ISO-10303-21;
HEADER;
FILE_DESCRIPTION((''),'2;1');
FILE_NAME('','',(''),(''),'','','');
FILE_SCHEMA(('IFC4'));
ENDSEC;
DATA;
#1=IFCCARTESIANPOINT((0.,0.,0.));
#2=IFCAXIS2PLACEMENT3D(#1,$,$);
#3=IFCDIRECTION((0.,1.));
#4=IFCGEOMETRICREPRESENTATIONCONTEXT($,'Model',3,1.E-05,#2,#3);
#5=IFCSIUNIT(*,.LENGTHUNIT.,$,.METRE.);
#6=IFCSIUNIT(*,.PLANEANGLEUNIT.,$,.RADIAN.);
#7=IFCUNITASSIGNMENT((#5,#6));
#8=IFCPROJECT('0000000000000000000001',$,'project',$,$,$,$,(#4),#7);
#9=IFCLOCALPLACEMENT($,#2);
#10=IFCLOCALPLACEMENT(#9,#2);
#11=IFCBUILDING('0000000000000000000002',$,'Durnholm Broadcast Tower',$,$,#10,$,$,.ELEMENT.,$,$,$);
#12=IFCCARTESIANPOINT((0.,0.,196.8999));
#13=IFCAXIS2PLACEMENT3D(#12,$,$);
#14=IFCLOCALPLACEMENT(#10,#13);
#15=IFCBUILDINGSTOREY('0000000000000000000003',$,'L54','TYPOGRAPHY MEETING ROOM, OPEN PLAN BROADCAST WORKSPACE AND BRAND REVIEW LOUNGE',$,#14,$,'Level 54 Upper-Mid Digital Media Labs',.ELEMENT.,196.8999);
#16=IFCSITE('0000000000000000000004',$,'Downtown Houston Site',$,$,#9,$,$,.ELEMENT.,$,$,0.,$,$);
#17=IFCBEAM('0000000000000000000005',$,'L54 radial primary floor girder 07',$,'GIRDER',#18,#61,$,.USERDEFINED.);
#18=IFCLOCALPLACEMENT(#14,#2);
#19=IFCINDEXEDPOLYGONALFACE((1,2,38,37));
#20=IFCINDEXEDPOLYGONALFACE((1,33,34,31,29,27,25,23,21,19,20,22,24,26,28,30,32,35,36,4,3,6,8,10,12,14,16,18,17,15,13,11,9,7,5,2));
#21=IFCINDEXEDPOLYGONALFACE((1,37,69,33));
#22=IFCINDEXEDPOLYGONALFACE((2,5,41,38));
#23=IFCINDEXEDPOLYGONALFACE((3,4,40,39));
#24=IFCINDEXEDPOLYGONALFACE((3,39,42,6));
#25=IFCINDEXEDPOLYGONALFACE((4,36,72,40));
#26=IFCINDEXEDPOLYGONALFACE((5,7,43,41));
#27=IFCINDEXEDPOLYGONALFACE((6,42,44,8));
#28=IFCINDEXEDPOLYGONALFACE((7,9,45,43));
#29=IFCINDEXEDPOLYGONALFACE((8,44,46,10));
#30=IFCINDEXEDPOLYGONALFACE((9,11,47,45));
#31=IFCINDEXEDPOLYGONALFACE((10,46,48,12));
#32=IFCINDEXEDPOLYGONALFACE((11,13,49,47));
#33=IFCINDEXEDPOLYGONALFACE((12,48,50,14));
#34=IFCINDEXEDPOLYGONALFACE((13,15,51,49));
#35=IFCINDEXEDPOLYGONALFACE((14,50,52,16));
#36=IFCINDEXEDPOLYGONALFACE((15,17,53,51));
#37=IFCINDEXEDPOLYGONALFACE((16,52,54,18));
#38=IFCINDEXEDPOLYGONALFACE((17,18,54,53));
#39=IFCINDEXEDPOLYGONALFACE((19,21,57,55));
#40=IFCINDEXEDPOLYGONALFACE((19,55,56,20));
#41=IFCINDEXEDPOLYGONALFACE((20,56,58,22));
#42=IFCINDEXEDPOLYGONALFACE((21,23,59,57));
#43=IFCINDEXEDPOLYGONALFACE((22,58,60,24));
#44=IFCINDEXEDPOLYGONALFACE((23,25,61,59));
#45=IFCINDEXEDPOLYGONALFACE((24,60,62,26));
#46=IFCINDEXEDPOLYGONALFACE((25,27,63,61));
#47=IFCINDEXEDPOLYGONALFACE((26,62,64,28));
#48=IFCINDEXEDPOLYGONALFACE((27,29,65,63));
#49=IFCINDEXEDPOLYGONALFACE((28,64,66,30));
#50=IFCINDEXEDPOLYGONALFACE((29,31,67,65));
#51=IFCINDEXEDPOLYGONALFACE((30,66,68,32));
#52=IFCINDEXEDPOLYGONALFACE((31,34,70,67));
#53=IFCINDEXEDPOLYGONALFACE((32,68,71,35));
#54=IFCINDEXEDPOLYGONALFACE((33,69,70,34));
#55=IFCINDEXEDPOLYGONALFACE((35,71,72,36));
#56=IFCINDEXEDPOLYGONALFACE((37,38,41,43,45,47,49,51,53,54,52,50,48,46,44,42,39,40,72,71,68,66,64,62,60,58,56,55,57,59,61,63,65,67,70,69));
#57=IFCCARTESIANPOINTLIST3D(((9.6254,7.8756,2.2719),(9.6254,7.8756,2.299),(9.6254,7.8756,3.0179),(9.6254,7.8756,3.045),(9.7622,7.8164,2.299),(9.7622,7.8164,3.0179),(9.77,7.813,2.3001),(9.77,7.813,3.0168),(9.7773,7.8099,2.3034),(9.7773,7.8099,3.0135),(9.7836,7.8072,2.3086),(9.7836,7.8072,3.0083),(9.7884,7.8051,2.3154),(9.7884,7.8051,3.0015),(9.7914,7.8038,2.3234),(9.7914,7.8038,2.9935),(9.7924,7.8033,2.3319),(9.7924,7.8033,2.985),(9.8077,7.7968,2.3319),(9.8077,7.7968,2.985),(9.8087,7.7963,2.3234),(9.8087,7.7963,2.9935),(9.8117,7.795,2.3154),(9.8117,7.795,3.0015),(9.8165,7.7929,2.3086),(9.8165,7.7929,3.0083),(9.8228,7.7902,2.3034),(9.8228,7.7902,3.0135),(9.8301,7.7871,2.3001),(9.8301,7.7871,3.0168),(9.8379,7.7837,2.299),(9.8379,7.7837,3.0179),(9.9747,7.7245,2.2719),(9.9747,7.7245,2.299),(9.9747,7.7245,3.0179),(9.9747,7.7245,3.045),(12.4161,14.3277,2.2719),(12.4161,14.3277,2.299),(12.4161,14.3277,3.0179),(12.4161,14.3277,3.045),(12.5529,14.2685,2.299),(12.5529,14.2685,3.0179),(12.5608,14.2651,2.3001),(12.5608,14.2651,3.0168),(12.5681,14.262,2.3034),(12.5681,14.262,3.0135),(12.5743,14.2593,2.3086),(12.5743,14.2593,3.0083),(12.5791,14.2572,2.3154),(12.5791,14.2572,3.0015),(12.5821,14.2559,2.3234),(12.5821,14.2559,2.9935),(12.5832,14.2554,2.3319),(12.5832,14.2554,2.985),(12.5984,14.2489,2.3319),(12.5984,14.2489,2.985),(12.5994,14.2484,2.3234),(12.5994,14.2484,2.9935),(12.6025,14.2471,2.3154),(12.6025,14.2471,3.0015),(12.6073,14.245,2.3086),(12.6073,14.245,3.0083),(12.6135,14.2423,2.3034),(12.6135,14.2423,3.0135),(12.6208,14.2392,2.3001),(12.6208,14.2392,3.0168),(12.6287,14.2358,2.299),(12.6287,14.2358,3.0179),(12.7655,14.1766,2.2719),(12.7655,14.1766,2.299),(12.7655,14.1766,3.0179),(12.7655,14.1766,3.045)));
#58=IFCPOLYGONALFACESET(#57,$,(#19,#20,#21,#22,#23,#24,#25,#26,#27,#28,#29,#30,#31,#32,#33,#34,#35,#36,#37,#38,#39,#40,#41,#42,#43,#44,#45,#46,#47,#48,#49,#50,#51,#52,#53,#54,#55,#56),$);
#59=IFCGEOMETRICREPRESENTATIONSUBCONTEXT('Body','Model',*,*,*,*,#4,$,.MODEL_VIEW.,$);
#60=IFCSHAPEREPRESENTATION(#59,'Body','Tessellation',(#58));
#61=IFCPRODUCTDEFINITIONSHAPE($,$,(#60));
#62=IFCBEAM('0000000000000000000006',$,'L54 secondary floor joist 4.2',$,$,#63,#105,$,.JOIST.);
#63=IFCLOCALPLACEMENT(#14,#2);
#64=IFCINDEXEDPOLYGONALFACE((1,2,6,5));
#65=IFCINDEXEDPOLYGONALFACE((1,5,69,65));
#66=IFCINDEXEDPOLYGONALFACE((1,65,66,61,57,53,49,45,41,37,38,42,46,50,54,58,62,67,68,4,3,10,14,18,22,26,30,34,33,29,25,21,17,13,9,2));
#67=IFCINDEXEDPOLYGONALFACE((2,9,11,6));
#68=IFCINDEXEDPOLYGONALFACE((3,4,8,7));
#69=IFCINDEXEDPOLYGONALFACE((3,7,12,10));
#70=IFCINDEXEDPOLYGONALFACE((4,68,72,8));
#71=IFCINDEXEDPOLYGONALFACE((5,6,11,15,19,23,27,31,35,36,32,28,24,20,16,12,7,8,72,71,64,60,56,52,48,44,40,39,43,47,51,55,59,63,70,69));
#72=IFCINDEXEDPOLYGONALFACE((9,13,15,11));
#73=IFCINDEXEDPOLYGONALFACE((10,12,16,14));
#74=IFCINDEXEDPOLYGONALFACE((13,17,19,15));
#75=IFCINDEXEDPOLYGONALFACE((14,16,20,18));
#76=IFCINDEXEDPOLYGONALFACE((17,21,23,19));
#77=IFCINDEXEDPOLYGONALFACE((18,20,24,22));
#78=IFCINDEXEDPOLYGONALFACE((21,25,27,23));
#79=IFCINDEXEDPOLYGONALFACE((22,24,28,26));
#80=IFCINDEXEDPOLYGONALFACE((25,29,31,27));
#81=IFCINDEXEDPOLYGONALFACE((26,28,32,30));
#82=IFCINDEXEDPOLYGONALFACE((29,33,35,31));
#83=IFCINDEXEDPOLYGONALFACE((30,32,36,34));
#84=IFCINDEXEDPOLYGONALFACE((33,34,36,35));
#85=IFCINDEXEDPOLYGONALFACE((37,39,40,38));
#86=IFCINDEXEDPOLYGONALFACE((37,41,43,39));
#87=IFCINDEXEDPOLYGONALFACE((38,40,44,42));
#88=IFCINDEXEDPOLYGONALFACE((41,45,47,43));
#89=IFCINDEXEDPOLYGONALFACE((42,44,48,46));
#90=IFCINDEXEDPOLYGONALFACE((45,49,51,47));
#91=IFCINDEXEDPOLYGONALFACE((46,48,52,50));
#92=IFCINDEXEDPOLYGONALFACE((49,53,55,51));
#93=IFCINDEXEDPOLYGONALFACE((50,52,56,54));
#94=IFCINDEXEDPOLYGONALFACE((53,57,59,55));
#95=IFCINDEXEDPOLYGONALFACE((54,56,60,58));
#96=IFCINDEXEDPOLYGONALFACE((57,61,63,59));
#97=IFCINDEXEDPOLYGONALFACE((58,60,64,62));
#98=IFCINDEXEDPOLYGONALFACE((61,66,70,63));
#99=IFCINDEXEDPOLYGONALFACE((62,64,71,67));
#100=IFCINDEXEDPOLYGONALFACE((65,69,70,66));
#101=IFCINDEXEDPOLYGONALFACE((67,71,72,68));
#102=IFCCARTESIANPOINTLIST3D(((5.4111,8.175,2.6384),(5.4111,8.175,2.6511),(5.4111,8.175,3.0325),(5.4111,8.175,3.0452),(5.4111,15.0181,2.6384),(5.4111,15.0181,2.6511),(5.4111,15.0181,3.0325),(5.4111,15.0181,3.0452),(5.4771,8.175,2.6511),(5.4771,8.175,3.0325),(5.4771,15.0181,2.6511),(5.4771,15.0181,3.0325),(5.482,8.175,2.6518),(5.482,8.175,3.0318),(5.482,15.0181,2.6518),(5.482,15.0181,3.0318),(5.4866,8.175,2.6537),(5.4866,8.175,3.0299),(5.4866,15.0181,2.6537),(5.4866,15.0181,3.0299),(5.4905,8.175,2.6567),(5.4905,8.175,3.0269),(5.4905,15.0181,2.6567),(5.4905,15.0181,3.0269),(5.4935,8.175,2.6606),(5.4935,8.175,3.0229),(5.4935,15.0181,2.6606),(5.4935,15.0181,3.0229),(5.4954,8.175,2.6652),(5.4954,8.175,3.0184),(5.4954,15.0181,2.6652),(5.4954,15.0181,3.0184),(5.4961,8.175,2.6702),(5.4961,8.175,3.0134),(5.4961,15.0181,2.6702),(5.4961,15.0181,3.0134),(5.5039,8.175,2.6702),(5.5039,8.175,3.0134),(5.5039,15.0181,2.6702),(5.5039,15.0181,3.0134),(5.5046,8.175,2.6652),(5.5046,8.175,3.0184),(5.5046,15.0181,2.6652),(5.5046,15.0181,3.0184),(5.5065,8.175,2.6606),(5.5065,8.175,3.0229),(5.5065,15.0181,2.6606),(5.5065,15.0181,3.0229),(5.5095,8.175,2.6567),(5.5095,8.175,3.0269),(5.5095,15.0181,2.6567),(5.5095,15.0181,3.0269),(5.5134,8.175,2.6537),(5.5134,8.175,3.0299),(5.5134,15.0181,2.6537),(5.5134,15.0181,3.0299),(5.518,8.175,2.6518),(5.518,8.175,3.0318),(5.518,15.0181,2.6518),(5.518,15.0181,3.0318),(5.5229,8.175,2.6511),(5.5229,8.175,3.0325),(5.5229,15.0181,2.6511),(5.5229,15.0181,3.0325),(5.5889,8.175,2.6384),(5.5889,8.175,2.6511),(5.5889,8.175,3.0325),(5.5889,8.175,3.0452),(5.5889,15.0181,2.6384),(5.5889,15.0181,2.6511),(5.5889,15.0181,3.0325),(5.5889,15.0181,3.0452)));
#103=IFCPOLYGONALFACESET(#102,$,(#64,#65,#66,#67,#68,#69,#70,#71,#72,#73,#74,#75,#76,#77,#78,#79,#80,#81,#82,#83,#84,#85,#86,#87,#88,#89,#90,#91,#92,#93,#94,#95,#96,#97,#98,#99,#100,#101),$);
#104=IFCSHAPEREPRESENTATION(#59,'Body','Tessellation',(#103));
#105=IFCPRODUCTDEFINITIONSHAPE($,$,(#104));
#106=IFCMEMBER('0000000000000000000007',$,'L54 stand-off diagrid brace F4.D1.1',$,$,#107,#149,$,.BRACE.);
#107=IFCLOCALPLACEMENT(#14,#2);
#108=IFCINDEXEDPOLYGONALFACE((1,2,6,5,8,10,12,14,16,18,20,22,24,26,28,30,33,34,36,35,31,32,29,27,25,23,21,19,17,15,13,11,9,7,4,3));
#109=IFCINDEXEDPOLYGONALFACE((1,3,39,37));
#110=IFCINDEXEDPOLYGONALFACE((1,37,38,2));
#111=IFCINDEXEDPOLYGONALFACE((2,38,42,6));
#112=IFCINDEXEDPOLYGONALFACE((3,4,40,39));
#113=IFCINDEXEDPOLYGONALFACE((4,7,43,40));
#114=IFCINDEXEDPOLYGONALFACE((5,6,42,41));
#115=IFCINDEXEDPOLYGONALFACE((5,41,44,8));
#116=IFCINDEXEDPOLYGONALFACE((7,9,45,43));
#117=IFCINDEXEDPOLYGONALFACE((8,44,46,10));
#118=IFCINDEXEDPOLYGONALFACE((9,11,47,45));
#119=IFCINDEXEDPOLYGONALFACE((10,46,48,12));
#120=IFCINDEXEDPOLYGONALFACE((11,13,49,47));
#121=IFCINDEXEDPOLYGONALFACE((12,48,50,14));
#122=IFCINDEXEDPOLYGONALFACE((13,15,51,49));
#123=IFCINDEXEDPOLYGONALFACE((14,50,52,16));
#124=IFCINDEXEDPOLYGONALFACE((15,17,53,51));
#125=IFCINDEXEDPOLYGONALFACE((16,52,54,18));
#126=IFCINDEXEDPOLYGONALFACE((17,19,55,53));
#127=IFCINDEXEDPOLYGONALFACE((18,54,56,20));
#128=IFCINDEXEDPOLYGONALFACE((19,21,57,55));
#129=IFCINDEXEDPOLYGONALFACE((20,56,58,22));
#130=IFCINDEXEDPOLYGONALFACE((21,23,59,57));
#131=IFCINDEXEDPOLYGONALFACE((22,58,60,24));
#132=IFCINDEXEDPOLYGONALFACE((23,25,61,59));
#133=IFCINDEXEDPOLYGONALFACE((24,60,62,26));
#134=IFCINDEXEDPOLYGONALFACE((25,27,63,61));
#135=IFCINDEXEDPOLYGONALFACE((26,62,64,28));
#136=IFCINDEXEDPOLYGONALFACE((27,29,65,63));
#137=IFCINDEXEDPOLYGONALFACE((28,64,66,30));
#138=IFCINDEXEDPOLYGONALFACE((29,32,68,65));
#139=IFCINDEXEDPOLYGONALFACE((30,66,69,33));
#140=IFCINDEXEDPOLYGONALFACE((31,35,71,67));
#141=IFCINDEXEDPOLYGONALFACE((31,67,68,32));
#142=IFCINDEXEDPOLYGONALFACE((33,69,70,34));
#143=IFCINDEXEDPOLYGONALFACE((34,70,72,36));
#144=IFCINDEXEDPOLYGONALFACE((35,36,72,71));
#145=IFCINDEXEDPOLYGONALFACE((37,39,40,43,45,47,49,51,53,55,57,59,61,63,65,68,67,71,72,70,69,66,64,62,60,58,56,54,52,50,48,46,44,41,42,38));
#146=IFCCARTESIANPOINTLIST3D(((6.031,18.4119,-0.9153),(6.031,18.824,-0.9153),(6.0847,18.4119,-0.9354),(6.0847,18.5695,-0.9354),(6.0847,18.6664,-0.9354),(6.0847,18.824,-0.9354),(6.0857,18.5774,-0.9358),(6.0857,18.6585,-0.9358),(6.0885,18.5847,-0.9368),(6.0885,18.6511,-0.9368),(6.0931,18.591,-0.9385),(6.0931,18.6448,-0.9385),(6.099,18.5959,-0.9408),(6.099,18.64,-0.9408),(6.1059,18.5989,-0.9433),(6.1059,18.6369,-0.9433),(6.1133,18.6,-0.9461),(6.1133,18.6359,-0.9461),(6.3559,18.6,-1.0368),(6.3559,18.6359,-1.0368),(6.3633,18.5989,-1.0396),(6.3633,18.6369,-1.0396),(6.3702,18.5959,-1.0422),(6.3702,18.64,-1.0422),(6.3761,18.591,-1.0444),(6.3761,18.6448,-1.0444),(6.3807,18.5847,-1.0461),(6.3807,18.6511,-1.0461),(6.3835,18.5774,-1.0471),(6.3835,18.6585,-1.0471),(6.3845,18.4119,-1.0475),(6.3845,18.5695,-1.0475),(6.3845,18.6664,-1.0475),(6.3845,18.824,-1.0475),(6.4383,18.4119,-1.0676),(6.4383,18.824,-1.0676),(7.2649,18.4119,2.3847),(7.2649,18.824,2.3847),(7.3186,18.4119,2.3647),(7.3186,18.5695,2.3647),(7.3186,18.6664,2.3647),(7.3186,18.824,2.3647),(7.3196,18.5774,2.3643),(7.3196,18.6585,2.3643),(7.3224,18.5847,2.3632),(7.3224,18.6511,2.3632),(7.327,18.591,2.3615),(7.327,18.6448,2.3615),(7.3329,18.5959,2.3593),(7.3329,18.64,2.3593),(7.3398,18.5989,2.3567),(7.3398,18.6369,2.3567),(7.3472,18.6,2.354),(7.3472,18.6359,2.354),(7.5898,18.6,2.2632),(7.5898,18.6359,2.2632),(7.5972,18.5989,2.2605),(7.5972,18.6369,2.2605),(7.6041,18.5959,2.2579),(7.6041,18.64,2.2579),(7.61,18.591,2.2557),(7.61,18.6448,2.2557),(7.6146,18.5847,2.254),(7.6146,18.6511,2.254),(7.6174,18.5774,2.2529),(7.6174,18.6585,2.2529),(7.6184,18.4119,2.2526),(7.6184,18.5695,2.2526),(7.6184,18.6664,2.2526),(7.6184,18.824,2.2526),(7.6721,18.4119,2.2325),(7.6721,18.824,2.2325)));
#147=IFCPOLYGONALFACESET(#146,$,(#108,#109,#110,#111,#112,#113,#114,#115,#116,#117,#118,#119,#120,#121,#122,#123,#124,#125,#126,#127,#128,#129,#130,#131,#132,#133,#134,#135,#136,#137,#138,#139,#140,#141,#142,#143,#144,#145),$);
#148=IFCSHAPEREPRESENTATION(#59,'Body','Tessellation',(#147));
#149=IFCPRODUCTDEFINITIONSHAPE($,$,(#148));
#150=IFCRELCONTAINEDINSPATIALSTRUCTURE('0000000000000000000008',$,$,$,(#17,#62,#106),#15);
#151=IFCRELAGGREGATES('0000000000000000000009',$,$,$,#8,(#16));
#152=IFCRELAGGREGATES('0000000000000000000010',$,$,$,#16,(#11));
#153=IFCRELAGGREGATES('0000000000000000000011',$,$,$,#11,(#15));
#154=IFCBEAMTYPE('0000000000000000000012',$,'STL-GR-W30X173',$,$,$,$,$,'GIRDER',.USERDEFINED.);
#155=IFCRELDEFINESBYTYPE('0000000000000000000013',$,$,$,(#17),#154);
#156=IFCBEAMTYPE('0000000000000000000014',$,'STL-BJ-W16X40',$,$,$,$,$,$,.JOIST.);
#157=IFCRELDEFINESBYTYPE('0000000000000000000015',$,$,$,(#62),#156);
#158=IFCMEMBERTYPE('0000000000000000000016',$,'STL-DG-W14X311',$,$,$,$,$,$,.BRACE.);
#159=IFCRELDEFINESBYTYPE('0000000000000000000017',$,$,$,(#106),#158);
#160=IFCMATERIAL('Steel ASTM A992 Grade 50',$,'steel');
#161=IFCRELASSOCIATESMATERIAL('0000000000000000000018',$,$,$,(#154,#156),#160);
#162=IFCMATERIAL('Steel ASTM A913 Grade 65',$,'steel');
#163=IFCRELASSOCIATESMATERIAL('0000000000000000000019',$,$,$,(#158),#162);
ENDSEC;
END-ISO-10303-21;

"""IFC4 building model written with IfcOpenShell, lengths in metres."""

from ifc_helpers import new_model, si_unit, direction, frame, origin, origin_2d, place, context, subcontext, project, spatial, i_section, extrude, source, transform, mapped, material, material_profile, profile_set, type_object, type_shapes, element, save


model = new_model("IFC4")

# Units and contexts
model_context = context("Model", 3, precision=1e-05, world=origin(), true_north=direction((0.0, 1.0)))
body_context = subcontext(model_context, "Body", "Model", "MODEL_VIEW")
ifc_project = project(units=[si_unit("LENGTHUNIT", "METRE"), si_unit("PLANEANGLEUNIT", "RADIAN")], contexts=[model_context])

# Site, building, storey
site_placement = place(None, origin())
site = spatial("IfcSite", under=ifc_project, at=site_placement, Name="Downtown Houston Site", CompositionType="ELEMENT", RefElevation=0.0)
building_placement = place(site_placement, origin())
building = spatial("IfcBuilding", under=site, at=building_placement, Name="Durnholm Broadcast Tower", CompositionType="ELEMENT")
storey_placement = place(building_placement, frame((0.0, 0.0, 196.8999)))
storey = spatial("IfcBuildingStorey", under=building, at=storey_placement, Name="L54", Description="TYPOGRAPHY MEETING ROOM, OPEN PLAN BROADCAST WORKSPACE AND BRAND REVIEW LOUNGE", LongName="Level 54 Upper-Mid Digital Media Labs", CompositionType="ELEMENT", Elevation=196.8999)

# Beams
ifc_material_1 = material(Name="Steel ASTM A992 Grade 50", Category="steel")
ifc_material_profile_1 = material_profile(ifc_material_1, i_section(OverallWidth=0.3806, OverallDepth=0.7732, WebThickness=0.0166, FlangeThickness=0.0271, FilletRadius=0.033, at=origin_2d()), Name="W30X173")
ifc_profile_set_1 = profile_set([ifc_material_profile_1], Name="Steel ASTM A992 Grade 50")
beam_type_1 = type_object("IfcBeamType", Name="STL-GR-W30X173", ElementType="GIRDER", PredefinedType="USERDEFINED", material=ifc_profile_set_1)
shared_shape_1 = source(origin(), body_context, "Body", "SweptSolid", [
    extrude(i_section(OverallWidth=0.3806, OverallDepth=0.7732, WebThickness=0.0166, FlangeThickness=0.0271, FilletRadius=0.033, at=origin_2d()), origin(), (0.0, 0.0, 1.0), 7.0298),
])
beam_1_placement = place(storey_placement, frame((9.8, 7.8, 2.6584), z_axis=(0.396989, 0.917823, 0.0), x_axis=(-0.917823, 0.396989, 0.0)))
element("IfcBeam", 1, at=beam_1_placement, inside=storey, type_object=beam_type_1, Name="L54 radial primary floor girder 07", ObjectType="GIRDER", PredefinedType="USERDEFINED", context=body_context, shape_type="MappedRepresentation", body=[
    mapped(shared_shape_1, transform((0.0, 0.0, 0.0), x_axis=(1.0, 0.0, 0.0), y_axis=(0.0, 1.0, 0.0), z_axis=(0.0, 0.0, 1.0), scale=1.0)),
])
ifc_material_profile_2 = material_profile(ifc_material_1, i_section(OverallWidth=0.1777, OverallDepth=0.4067, WebThickness=0.0078, FlangeThickness=0.0127, FilletRadius=0.019, at=origin_2d()), Name="W16X40")
ifc_profile_set_2 = profile_set([ifc_material_profile_2], Name="Steel ASTM A992 Grade 50")
beam_type_2 = type_object("IfcBeamType", Name="STL-BJ-W16X40", PredefinedType="JOIST", material=ifc_profile_set_2)
shared_shape_2 = source(origin(), body_context, "Body", "SweptSolid", [
    extrude(i_section(OverallWidth=0.1777, OverallDepth=0.4067, WebThickness=0.0078, FlangeThickness=0.0127, FilletRadius=0.019, at=origin_2d()), origin(), (0.0, 0.0, 1.0), 6.843),
])
type_shapes(beam_type_2, [shared_shape_2])
beam_2_placement = place(storey_placement, frame((5.5, 8.175, 2.8418), z_axis=(0.0, 1.0, 0.0), x_axis=(-1.0, 0.0, 0.0)))
element("IfcBeam", 2, at=beam_2_placement, inside=storey, type_object=beam_type_2, Name="L54 secondary floor joist 4.2", PredefinedType="JOIST", context=body_context, shape_type="MappedRepresentation", body=[
    mapped(shared_shape_2, transform((0.0, 0.0, 0.0), x_axis=(1.0, 0.0, 0.0), y_axis=(0.0, 1.0, 0.0), z_axis=(0.0, 0.0, 1.0), scale=1.0)),
])

# Member
ifc_material_2 = material(Name="Steel ASTM A913 Grade 65", Category="steel")
ifc_material_profile_3 = material_profile(ifc_material_2, i_section(OverallWidth=0.4121, OverallDepth=0.4348, WebThickness=0.0359, FlangeThickness=0.0574, FilletRadius=0.0305, at=origin_2d()), Name="W14X311")
ifc_profile_set_3 = profile_set([ifc_material_profile_3], Name="Steel ASTM A913 Grade 65")
member_type_1 = type_object("IfcMemberType", Name="STL-DG-W14X311", PredefinedType="BRACE", material=ifc_profile_set_3)
shared_shape_3 = source(origin(), body_context, "Body", "SweptSolid", [
    extrude(i_section(OverallWidth=0.4121, OverallDepth=0.4348, WebThickness=0.0359, FlangeThickness=0.0574, FilletRadius=0.0305, at=origin_2d()), origin(), (0.0, 0.0, 1.0), 3.5232),
])
type_shapes(member_type_1, [shared_shape_3])
for number, where, z_axis, x_axis, name in (
    (3, (6.2346, 18.6179, -0.9915), (0.35022, 0.0, 0.936668), (0.0, 1.0, 0.0), "L54 stand-off diagrid brace F4.D1.1"),
):
    element("IfcMember", number, at=place(storey_placement, frame(where, z_axis=z_axis, x_axis=x_axis)), inside=storey, type_object=member_type_1, Name=name, PredefinedType="BRACE", context=body_context, shape_type="MappedRepresentation", body=[
        mapped(shared_shape_3, transform((0.0, 0.0, 0.0), x_axis=(1.0, 0.0, 0.0), y_axis=(0.0, 1.0, 0.0), z_axis=(0.0, 0.0, 1.0), scale=1.0)),
    ])

save(model, "model.ifc")
